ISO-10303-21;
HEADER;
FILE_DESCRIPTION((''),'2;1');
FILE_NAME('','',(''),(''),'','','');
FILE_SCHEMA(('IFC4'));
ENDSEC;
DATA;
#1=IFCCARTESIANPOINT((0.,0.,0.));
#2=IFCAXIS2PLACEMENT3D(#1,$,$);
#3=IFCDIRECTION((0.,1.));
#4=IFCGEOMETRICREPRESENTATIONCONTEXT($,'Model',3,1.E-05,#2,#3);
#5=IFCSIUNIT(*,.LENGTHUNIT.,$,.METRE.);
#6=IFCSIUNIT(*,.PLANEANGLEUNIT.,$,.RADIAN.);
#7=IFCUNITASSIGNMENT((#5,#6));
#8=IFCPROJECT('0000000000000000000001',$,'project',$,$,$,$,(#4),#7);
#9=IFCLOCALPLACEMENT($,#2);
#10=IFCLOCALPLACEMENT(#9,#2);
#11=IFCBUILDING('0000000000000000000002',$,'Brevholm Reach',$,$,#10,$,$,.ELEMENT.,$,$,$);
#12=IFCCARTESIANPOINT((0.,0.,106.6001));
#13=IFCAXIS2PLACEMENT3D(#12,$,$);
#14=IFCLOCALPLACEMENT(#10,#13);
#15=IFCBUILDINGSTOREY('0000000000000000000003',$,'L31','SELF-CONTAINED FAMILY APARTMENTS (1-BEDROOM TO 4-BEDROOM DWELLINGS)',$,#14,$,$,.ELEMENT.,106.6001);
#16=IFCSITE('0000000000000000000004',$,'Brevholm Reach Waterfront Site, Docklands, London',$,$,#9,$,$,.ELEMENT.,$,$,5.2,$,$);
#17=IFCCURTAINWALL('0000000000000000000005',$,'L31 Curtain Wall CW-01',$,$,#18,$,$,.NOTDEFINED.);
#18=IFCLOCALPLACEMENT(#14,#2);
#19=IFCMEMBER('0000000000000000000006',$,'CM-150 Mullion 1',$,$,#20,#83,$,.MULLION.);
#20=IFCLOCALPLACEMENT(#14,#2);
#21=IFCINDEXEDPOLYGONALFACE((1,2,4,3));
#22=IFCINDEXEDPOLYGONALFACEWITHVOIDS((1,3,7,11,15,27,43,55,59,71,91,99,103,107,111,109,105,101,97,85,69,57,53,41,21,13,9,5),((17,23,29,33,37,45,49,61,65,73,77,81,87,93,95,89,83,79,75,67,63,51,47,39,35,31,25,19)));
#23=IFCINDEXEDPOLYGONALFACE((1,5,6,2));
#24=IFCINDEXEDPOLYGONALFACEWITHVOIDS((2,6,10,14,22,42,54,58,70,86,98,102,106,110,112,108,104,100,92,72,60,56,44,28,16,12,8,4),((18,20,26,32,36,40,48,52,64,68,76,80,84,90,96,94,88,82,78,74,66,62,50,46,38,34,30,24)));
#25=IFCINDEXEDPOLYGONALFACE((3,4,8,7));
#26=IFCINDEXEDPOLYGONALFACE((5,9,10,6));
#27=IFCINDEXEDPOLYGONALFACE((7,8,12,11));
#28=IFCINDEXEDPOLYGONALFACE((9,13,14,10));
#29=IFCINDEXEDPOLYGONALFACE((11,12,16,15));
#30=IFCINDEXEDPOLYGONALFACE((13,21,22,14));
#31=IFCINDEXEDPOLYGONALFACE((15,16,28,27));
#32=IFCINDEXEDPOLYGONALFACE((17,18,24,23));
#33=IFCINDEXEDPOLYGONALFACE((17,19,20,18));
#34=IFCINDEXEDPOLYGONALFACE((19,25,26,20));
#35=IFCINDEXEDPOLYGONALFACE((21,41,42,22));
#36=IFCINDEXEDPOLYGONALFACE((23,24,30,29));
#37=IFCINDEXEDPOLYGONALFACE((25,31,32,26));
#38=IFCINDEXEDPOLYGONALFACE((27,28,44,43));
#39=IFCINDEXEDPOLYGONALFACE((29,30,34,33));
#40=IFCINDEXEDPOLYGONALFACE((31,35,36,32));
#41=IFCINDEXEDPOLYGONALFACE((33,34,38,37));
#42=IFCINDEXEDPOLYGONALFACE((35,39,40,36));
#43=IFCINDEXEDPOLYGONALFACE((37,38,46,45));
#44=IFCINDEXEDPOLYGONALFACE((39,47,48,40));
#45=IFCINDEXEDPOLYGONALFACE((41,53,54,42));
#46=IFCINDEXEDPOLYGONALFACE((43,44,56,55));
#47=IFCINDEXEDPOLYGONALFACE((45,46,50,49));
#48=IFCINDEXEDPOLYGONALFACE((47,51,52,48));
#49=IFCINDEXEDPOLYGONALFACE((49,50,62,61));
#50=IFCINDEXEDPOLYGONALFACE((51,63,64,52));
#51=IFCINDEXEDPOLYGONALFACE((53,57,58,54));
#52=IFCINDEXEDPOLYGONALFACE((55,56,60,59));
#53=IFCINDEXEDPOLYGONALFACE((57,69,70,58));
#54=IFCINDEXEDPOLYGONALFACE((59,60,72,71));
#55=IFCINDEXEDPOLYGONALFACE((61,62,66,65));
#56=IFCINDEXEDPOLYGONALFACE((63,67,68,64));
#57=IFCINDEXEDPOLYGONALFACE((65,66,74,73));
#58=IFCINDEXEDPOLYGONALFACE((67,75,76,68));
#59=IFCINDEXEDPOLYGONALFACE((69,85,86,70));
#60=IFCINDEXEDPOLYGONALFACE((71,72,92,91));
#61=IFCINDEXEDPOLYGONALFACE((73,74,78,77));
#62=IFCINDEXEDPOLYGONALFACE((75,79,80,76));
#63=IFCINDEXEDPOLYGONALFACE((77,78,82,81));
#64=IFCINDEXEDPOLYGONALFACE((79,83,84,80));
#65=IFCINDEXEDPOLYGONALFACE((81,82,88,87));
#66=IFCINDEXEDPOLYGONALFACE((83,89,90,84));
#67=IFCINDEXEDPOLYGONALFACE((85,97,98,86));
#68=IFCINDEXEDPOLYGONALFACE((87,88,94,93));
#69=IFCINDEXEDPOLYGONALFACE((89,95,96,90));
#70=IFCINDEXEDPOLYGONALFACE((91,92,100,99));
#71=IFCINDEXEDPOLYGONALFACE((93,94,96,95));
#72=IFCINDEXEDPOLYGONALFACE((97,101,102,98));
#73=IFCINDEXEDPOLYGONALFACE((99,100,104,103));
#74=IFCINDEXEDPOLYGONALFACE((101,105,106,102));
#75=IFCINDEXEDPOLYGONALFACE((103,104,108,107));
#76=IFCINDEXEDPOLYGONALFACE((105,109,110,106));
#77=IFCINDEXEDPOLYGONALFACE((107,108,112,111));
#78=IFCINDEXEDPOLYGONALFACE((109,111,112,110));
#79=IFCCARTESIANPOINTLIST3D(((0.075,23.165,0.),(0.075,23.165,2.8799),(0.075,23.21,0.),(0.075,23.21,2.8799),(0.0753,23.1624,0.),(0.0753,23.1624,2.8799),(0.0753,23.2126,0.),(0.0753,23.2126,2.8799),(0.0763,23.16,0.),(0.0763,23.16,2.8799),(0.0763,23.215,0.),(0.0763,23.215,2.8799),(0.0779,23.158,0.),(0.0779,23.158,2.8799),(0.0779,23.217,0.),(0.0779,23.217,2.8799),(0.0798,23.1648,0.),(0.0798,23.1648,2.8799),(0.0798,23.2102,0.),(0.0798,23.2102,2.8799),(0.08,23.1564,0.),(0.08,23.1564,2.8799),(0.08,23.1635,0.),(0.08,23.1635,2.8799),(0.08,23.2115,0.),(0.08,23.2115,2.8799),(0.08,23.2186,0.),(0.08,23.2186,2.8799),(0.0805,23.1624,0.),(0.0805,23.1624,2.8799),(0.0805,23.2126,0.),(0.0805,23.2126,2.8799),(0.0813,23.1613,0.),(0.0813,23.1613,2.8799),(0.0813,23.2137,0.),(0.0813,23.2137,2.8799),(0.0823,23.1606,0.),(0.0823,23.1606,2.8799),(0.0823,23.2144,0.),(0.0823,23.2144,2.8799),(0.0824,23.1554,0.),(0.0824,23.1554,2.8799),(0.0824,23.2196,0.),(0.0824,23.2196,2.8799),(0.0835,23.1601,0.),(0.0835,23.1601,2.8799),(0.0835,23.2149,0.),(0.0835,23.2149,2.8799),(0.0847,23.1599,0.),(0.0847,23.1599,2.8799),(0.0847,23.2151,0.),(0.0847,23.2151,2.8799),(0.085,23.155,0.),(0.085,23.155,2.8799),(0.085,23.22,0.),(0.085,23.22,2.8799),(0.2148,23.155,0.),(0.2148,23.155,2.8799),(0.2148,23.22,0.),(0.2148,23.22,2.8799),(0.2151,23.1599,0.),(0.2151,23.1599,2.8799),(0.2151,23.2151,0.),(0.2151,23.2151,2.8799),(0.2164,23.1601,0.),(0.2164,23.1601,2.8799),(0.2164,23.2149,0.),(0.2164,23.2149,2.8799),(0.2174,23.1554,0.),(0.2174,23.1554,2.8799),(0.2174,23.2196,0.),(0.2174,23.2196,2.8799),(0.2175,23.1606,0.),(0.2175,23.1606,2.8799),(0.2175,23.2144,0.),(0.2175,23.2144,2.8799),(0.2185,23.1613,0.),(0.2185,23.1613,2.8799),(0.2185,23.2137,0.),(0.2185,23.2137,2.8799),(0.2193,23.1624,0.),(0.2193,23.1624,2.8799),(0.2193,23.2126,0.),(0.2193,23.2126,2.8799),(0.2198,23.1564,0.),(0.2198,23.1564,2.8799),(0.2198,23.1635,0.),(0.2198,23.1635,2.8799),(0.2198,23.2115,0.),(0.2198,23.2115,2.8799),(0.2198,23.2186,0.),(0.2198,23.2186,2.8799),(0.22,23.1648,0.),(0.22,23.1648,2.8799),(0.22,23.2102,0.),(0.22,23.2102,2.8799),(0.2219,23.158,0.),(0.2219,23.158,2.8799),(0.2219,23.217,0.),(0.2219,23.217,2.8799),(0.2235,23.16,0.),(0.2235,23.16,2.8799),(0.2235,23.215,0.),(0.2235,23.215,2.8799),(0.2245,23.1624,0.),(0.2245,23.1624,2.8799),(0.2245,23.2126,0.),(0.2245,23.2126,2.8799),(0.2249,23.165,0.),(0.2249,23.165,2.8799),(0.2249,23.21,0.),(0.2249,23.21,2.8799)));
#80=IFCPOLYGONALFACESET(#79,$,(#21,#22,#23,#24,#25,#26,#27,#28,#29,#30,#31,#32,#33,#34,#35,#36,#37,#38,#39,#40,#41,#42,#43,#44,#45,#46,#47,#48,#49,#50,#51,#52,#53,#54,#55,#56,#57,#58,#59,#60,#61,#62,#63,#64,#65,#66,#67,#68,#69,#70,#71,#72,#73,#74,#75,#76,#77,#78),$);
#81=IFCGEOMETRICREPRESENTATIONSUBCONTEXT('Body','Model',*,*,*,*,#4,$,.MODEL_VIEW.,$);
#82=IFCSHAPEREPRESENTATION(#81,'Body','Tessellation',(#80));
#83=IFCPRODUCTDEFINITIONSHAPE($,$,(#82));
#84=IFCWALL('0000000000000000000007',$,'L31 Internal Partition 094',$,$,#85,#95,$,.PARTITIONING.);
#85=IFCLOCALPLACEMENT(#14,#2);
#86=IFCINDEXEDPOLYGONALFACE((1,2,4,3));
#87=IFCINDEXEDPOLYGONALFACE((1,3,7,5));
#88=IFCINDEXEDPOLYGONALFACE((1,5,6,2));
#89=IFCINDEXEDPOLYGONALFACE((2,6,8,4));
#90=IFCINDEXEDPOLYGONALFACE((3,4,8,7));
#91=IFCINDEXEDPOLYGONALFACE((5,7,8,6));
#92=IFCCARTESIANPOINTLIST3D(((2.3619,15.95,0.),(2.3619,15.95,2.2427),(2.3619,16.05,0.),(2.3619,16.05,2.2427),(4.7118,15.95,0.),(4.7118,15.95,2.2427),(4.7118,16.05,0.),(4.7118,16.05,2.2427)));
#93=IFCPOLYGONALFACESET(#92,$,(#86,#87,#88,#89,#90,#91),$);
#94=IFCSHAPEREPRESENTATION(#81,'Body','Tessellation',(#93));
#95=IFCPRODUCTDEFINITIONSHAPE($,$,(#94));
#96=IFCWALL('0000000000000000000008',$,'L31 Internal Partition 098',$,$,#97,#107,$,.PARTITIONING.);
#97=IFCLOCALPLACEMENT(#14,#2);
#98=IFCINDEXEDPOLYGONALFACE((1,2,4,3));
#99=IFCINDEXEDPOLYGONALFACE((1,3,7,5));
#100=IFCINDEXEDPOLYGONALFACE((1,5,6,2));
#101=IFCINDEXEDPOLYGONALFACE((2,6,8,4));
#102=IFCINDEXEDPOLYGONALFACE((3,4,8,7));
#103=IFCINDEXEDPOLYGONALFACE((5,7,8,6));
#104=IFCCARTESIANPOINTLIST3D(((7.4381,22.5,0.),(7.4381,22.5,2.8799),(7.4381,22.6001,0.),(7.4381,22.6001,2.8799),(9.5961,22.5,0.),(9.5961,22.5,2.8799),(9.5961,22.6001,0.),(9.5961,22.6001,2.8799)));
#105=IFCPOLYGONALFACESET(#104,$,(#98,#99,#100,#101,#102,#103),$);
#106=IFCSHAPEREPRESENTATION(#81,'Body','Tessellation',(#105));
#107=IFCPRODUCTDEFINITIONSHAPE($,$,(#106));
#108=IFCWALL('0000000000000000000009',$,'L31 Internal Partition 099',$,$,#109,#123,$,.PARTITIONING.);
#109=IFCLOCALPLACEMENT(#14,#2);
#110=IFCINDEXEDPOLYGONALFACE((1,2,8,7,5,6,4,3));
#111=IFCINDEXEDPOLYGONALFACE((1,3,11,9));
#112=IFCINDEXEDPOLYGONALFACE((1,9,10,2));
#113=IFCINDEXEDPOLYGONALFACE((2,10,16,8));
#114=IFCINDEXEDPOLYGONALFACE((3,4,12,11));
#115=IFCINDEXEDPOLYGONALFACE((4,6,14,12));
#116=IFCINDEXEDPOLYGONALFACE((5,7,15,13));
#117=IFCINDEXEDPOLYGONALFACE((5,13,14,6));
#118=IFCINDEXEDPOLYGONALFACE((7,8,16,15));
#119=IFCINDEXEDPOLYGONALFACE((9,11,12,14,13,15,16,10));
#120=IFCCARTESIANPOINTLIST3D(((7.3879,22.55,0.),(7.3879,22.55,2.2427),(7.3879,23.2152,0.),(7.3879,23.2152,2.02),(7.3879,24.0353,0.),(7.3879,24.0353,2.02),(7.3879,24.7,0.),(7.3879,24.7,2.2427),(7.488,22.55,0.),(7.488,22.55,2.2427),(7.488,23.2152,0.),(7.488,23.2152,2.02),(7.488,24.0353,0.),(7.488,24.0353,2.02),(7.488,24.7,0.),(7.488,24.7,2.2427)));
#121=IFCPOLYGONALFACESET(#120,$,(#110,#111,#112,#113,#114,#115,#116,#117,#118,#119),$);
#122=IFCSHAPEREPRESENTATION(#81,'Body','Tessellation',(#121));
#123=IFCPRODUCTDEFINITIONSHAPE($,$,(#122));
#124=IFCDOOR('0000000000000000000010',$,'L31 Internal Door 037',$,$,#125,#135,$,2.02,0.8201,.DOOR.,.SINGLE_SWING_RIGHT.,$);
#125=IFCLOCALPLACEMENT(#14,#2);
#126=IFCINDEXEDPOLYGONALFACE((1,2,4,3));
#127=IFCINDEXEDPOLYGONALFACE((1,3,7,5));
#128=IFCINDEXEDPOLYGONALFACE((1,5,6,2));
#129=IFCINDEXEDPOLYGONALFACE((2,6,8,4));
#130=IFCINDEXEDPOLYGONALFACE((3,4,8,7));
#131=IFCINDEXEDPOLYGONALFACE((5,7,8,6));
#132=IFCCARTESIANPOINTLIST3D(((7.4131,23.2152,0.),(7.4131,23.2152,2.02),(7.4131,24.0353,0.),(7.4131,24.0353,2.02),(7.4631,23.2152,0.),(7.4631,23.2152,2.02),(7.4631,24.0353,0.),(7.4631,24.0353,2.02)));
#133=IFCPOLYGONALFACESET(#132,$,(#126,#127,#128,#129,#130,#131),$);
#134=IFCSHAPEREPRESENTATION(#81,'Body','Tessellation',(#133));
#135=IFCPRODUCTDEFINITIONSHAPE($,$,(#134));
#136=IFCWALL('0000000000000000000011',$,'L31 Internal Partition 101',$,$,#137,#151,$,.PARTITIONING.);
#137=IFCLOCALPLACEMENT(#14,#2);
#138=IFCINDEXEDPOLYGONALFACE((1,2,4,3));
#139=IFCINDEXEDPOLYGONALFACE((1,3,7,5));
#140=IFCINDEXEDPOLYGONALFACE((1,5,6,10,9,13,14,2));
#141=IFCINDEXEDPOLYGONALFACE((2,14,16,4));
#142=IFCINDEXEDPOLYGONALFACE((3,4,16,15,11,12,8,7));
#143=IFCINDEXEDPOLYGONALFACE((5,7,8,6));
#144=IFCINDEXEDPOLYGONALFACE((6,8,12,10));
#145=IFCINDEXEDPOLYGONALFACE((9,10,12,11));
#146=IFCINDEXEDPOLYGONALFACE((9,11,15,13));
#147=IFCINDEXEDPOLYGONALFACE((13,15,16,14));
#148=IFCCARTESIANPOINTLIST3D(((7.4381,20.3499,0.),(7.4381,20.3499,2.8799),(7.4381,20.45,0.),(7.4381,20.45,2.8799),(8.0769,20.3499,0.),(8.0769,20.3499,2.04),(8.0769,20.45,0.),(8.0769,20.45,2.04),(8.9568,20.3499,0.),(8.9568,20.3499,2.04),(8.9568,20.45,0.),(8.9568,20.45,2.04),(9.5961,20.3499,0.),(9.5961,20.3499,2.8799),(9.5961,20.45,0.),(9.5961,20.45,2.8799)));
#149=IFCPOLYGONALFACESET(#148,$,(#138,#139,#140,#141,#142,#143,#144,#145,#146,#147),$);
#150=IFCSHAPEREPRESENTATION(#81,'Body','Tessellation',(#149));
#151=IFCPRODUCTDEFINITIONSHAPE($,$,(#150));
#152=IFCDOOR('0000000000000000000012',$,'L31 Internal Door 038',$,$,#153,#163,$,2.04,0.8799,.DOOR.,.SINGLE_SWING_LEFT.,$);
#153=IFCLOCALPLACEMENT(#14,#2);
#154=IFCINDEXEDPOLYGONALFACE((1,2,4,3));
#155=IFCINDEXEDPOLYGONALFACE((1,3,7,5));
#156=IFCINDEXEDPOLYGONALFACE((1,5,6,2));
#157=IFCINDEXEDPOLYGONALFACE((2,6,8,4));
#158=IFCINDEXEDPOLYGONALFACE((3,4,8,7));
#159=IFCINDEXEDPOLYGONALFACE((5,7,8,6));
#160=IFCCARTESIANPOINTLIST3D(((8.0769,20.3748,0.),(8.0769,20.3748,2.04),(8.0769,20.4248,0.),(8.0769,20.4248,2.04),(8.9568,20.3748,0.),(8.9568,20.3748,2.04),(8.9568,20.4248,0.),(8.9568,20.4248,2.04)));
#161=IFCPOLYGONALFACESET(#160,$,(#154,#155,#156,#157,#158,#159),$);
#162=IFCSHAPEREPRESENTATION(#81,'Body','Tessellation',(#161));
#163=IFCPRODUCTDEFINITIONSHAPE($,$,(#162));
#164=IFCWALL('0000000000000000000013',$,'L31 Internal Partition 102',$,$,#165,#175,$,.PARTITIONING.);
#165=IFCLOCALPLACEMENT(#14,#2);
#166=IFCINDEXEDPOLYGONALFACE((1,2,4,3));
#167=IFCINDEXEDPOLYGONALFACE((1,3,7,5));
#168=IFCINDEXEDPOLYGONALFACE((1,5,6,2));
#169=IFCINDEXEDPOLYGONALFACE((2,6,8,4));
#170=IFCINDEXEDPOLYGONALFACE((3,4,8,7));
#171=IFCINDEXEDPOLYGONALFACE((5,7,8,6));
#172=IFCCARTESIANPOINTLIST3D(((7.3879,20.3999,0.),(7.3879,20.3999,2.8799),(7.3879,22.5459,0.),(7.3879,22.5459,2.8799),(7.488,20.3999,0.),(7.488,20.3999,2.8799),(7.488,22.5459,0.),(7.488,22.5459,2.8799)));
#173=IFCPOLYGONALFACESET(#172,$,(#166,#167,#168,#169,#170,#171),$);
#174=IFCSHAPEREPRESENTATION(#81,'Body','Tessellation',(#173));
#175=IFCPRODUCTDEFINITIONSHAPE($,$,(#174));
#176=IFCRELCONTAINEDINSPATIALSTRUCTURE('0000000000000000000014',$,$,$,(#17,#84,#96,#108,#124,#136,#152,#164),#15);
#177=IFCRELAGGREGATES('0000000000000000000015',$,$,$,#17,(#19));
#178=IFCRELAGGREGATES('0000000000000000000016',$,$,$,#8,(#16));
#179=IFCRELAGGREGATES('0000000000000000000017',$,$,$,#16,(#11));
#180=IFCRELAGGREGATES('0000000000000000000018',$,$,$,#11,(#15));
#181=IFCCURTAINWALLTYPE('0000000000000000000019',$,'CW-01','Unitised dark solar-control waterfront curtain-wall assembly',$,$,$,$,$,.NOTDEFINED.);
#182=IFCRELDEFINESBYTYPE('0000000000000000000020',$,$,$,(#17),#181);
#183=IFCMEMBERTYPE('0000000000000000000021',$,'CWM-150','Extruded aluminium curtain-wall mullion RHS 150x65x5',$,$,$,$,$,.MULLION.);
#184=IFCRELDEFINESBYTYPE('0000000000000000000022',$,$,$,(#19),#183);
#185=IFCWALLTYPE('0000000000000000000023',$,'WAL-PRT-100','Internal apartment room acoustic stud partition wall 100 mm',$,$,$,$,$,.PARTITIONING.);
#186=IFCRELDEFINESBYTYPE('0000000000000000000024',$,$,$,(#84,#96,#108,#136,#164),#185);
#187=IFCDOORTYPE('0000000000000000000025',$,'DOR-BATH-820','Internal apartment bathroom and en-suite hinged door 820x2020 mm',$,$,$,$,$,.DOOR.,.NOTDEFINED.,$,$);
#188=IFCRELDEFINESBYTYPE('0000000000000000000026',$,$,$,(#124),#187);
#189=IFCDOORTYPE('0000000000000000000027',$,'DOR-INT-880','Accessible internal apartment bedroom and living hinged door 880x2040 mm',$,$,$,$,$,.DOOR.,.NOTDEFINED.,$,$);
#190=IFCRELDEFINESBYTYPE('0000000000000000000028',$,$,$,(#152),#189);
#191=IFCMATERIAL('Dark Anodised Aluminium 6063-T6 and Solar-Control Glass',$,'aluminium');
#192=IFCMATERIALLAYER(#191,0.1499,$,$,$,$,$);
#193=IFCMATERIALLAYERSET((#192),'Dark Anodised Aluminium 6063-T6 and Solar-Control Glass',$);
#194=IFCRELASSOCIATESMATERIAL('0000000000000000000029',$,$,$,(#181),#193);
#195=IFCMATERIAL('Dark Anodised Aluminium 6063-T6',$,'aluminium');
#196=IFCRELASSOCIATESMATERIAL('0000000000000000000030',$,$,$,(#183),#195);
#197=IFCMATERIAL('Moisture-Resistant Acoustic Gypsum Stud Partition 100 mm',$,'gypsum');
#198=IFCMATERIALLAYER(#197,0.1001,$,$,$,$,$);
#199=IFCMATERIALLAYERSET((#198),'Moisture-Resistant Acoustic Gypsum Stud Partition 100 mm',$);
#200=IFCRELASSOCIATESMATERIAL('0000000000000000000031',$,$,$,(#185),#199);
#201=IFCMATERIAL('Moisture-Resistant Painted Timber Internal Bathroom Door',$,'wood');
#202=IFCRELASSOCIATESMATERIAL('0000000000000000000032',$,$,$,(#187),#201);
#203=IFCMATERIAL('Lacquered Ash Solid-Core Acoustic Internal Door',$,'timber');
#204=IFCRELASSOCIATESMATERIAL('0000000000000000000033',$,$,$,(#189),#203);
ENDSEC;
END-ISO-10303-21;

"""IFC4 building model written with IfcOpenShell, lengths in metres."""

from ifc_helpers import new_model, si_unit, direction, frame, frame_2d, origin, origin_2d, place, context, subcontext, project, spatial, rectangle, hollow_rectangle, extrude, material, layer, layer_set, material_profile, profile_set, type_object, element, fill, aggregate, save


model = new_model("IFC4")

# Units and contexts
model_context = context("Model", 3, precision=1e-05, world=origin(), true_north=direction((0.0, 1.0)))
body_context = subcontext(model_context, "Body", "Model", "MODEL_VIEW")
ifc_project = project(units=[si_unit("LENGTHUNIT", "METRE"), si_unit("PLANEANGLEUNIT", "RADIAN")], contexts=[model_context])

# Site, building, storey
site_placement = place(None, origin())
site = spatial("IfcSite", under=ifc_project, at=site_placement, Name="Brevholm Reach Waterfront Site, Docklands, London", CompositionType="ELEMENT", RefElevation=5.2)
building_placement = place(site_placement, origin())
building = spatial("IfcBuilding", under=site, at=building_placement, Name="Brevholm Reach", CompositionType="ELEMENT")
storey_placement = place(building_placement, frame((0.0, 0.0, 106.6001)))
storey = spatial("IfcBuildingStorey", under=building, at=storey_placement, Name="L31", Description="SELF-CONTAINED FAMILY APARTMENTS (1-BEDROOM TO 4-BEDROOM DWELLINGS)", CompositionType="ELEMENT", Elevation=106.6001)

# Curtain wall, member
ifc_material_1 = material(Name="Dark Anodised Aluminium 6063-T6 and Solar-Control Glass", Category="aluminium")
ifc_layer_1 = layer(ifc_material_1, 0.1499)
ifc_layer_set_1 = layer_set([ifc_layer_1], Name="Dark Anodised Aluminium 6063-T6 and Solar-Control Glass")
curtain_wall_type = type_object("IfcCurtainWallType", Name="CW-01", Description="Unitised dark solar-control waterfront curtain-wall assembly", PredefinedType="NOTDEFINED", material=ifc_layer_set_1)
curtain_wall_placement = place(storey_placement, origin())
curtain_wall = element("IfcCurtainWall", 1, at=curtain_wall_placement, inside=storey, type_object=curtain_wall_type, Name="L31 Curtain Wall CW-01", PredefinedType="NOTDEFINED")
ifc_material_2 = material(Name="Dark Anodised Aluminium 6063-T6", Category="aluminium")
ifc_material_profile_1 = material_profile(ifc_material_2, hollow_rectangle(XDim=0.0649, YDim=0.1499, WallThickness=0.0049, InnerFilletRadius=0.0049, OuterFilletRadius=0.01, at=origin_2d()), Name="RHS 150x65x5")
ifc_profile_set_1 = profile_set([ifc_material_profile_1], Name="Dark Anodised Aluminium 6063-T6")
member_type = type_object("IfcMemberType", Name="CWM-150", Description="Extruded aluminium curtain-wall mullion RHS 150x65x5", PredefinedType="MULLION", material=ifc_profile_set_1)
member_placement = place(storey_placement, frame((0.1499, 23.1875, 0.0), z_axis=(0.0, 0.0, 1.0), x_axis=(0.0, -1.0, 0.0)))
member = element("IfcMember", 2, at=member_placement, type_object=member_type, Name="CM-150 Mullion 1", PredefinedType="MULLION", context=body_context, shape_type="SweptSolid", body=[
    extrude(hollow_rectangle(XDim=0.0649, YDim=0.1499, WallThickness=0.0049, InnerFilletRadius=0.0049, OuterFilletRadius=0.01, at=origin_2d()), origin(), (0.0, 0.0, 1.0), 2.8799),
])
aggregate(curtain_wall, [member])

# Walls
ifc_material_3 = material(Name="Moisture-Resistant Acoustic Gypsum Stud Partition 100 mm", Category="gypsum")
ifc_layer_2 = layer(ifc_material_3, 0.1001)
ifc_layer_set_2 = layer_set([ifc_layer_2], Name="Moisture-Resistant Acoustic Gypsum Stud Partition 100 mm")
wall_type_1 = type_object("IfcWallType", Name="WAL-PRT-100", Description="Internal apartment room acoustic stud partition wall 100 mm", PredefinedType="PARTITIONING", material=ifc_layer_set_2)
wall_1_placement = place(storey_placement, frame((2.3621, 16.0, 0.0), z_axis=(0.0, 0.0, 1.0), x_axis=(1.0, 0.0, 0.0)))
element("IfcWall", 3, at=wall_1_placement, inside=storey, type_object=wall_type_1, Name="L31 Internal Partition 094", PredefinedType="PARTITIONING", context=body_context, shape_type="SweptSolid", body=[
    extrude(rectangle(XDim=2.3499, YDim=0.1001, at=frame_2d((1.1748, 0.0))), origin(), (0.0, 0.0, 1.0), 2.2427),
])
wall_2_placement = place(storey_placement, frame((7.438, 22.55, 0.0), z_axis=(0.0, 0.0, 1.0), x_axis=(1.0, 0.0, 0.0)))
element("IfcWall", 4, at=wall_2_placement, inside=storey, type_object=wall_type_1, Name="L31 Internal Partition 098", PredefinedType="PARTITIONING", context=body_context, shape_type="SweptSolid", body=[
    extrude(rectangle(XDim=2.158, YDim=0.1001, at=frame_2d((1.0791, 0.0))), origin(), (0.0, 0.0, 1.0), 2.8799),
])

# Walls, openings, doors
wall_3_placement = place(storey_placement, frame((7.438, 22.55, 0.0), z_axis=(0.0, 0.0, 1.0), x_axis=(0.0, 1.0, 0.0)))
wall_3 = element("IfcWall", 5, at=wall_3_placement, inside=storey, type_object=wall_type_1, Name="L31 Internal Partition 099", PredefinedType="PARTITIONING", context=body_context, shape_type="SweptSolid", body=[
    extrude(rectangle(XDim=2.1499, YDim=0.1001, at=frame_2d((1.075, 0.0))), origin(), (0.0, 0.0, 1.0), 2.2427),
])
opening_1_placement = place(wall_3_placement, frame((0.665, 0.0, 0.0)))
opening_1 = element("IfcOpeningElement", 6, at=opening_1_placement, cuts=wall_3, PredefinedType="OPENING", context=body_context, shape_type="SweptSolid", body=[
    extrude(rectangle(XDim=0.8201, YDim=2.02, at=frame_2d((0.4102, 1.01))), frame((0.0, 0.0601, 0.0), z_axis=(0.0, -1.0, 0.0), x_axis=(1.0, 0.0, 0.0)), (0.0, 0.0, 1.0), 0.1201),
])
ifc_material_4 = material(Name="Moisture-Resistant Painted Timber Internal Bathroom Door", Category="wood")
door_type_1 = type_object("IfcDoorType", Name="DOR-BATH-820", Description="Internal apartment bathroom and en-suite hinged door 820x2020 mm", OperationType="NOTDEFINED", PredefinedType="DOOR", material=ifc_material_4)
door_1_placement = place(opening_1_placement, origin())
door_1 = element("IfcDoor", 7, at=door_1_placement, inside=storey, type_object=door_type_1, Name="L31 Internal Door 037", OperationType="SINGLE_SWING_RIGHT", OverallHeight=2.02, OverallWidth=0.8201, PredefinedType="DOOR", context=body_context, shape_type="SweptSolid", body=[
    extrude(rectangle(XDim=0.8201, YDim=2.02, at=frame_2d((0.4102, 1.01))), frame((0.0, 0.0249, 0.0), z_axis=(0.0, -1.0, 0.0), x_axis=(1.0, 0.0, 0.0)), (0.0, 0.0, 1.0), 0.05),
])
fill(opening_1, door_1)
wall_4_placement = place(storey_placement, frame((7.438, 20.3999, 0.0), z_axis=(0.0, 0.0, 1.0), x_axis=(1.0, 0.0, 0.0)))
wall_4 = element("IfcWall", 8, at=wall_4_placement, inside=storey, type_object=wall_type_1, Name="L31 Internal Partition 101", PredefinedType="PARTITIONING", context=body_context, shape_type="SweptSolid", body=[
    extrude(rectangle(XDim=2.158, YDim=0.1001, at=frame_2d((1.0791, 0.0))), origin(), (0.0, 0.0, 1.0), 2.8799),
])
opening_2_placement = place(wall_4_placement, frame((0.6389, 0.0, 0.0)))
opening_2 = element("IfcOpeningElement", 9, at=opening_2_placement, cuts=wall_4, PredefinedType="OPENING", context=body_context, shape_type="SweptSolid", body=[
    extrude(rectangle(XDim=0.8799, YDim=2.04, at=frame_2d((0.4399, 1.02))), frame((0.0, 0.0601, 0.0), z_axis=(0.0, -1.0, 0.0), x_axis=(1.0, 0.0, 0.0)), (0.0, 0.0, 1.0), 0.1201),
])
ifc_material_5 = material(Name="Lacquered Ash Solid-Core Acoustic Internal Door", Category="timber")
door_type_2 = type_object("IfcDoorType", Name="DOR-INT-880", Description="Accessible internal apartment bedroom and living hinged door 880x2040 mm", OperationType="NOTDEFINED", PredefinedType="DOOR", material=ifc_material_5)
door_2_placement = place(opening_2_placement, origin())
door_2 = element("IfcDoor", 10, at=door_2_placement, inside=storey, type_object=door_type_2, Name="L31 Internal Door 038", OperationType="SINGLE_SWING_LEFT", OverallHeight=2.04, OverallWidth=0.8799, PredefinedType="DOOR", context=body_context, shape_type="SweptSolid", body=[
    extrude(rectangle(XDim=0.8799, YDim=2.04, at=frame_2d((0.4399, 1.02))), frame((0.0, 0.0249, 0.0), z_axis=(0.0, -1.0, 0.0), x_axis=(1.0, 0.0, 0.0)), (0.0, 0.0, 1.0), 0.05),
])
fill(opening_2, door_2)

# Wall
wall_5_placement = place(storey_placement, frame((7.438, 20.3999, 0.0), z_axis=(0.0, 0.0, 1.0), x_axis=(0.0, 1.0, 0.0)))
element("IfcWall", 11, at=wall_5_placement, inside=storey, type_object=wall_type_1, Name="L31 Internal Partition 102", PredefinedType="PARTITIONING", context=body_context, shape_type="SweptSolid", body=[
    extrude(rectangle(XDim=2.146, YDim=0.1001, at=frame_2d((1.073, 0.0))), origin(), (0.0, 0.0, 1.0), 2.8799),
])

save(model, "model.ifc")
